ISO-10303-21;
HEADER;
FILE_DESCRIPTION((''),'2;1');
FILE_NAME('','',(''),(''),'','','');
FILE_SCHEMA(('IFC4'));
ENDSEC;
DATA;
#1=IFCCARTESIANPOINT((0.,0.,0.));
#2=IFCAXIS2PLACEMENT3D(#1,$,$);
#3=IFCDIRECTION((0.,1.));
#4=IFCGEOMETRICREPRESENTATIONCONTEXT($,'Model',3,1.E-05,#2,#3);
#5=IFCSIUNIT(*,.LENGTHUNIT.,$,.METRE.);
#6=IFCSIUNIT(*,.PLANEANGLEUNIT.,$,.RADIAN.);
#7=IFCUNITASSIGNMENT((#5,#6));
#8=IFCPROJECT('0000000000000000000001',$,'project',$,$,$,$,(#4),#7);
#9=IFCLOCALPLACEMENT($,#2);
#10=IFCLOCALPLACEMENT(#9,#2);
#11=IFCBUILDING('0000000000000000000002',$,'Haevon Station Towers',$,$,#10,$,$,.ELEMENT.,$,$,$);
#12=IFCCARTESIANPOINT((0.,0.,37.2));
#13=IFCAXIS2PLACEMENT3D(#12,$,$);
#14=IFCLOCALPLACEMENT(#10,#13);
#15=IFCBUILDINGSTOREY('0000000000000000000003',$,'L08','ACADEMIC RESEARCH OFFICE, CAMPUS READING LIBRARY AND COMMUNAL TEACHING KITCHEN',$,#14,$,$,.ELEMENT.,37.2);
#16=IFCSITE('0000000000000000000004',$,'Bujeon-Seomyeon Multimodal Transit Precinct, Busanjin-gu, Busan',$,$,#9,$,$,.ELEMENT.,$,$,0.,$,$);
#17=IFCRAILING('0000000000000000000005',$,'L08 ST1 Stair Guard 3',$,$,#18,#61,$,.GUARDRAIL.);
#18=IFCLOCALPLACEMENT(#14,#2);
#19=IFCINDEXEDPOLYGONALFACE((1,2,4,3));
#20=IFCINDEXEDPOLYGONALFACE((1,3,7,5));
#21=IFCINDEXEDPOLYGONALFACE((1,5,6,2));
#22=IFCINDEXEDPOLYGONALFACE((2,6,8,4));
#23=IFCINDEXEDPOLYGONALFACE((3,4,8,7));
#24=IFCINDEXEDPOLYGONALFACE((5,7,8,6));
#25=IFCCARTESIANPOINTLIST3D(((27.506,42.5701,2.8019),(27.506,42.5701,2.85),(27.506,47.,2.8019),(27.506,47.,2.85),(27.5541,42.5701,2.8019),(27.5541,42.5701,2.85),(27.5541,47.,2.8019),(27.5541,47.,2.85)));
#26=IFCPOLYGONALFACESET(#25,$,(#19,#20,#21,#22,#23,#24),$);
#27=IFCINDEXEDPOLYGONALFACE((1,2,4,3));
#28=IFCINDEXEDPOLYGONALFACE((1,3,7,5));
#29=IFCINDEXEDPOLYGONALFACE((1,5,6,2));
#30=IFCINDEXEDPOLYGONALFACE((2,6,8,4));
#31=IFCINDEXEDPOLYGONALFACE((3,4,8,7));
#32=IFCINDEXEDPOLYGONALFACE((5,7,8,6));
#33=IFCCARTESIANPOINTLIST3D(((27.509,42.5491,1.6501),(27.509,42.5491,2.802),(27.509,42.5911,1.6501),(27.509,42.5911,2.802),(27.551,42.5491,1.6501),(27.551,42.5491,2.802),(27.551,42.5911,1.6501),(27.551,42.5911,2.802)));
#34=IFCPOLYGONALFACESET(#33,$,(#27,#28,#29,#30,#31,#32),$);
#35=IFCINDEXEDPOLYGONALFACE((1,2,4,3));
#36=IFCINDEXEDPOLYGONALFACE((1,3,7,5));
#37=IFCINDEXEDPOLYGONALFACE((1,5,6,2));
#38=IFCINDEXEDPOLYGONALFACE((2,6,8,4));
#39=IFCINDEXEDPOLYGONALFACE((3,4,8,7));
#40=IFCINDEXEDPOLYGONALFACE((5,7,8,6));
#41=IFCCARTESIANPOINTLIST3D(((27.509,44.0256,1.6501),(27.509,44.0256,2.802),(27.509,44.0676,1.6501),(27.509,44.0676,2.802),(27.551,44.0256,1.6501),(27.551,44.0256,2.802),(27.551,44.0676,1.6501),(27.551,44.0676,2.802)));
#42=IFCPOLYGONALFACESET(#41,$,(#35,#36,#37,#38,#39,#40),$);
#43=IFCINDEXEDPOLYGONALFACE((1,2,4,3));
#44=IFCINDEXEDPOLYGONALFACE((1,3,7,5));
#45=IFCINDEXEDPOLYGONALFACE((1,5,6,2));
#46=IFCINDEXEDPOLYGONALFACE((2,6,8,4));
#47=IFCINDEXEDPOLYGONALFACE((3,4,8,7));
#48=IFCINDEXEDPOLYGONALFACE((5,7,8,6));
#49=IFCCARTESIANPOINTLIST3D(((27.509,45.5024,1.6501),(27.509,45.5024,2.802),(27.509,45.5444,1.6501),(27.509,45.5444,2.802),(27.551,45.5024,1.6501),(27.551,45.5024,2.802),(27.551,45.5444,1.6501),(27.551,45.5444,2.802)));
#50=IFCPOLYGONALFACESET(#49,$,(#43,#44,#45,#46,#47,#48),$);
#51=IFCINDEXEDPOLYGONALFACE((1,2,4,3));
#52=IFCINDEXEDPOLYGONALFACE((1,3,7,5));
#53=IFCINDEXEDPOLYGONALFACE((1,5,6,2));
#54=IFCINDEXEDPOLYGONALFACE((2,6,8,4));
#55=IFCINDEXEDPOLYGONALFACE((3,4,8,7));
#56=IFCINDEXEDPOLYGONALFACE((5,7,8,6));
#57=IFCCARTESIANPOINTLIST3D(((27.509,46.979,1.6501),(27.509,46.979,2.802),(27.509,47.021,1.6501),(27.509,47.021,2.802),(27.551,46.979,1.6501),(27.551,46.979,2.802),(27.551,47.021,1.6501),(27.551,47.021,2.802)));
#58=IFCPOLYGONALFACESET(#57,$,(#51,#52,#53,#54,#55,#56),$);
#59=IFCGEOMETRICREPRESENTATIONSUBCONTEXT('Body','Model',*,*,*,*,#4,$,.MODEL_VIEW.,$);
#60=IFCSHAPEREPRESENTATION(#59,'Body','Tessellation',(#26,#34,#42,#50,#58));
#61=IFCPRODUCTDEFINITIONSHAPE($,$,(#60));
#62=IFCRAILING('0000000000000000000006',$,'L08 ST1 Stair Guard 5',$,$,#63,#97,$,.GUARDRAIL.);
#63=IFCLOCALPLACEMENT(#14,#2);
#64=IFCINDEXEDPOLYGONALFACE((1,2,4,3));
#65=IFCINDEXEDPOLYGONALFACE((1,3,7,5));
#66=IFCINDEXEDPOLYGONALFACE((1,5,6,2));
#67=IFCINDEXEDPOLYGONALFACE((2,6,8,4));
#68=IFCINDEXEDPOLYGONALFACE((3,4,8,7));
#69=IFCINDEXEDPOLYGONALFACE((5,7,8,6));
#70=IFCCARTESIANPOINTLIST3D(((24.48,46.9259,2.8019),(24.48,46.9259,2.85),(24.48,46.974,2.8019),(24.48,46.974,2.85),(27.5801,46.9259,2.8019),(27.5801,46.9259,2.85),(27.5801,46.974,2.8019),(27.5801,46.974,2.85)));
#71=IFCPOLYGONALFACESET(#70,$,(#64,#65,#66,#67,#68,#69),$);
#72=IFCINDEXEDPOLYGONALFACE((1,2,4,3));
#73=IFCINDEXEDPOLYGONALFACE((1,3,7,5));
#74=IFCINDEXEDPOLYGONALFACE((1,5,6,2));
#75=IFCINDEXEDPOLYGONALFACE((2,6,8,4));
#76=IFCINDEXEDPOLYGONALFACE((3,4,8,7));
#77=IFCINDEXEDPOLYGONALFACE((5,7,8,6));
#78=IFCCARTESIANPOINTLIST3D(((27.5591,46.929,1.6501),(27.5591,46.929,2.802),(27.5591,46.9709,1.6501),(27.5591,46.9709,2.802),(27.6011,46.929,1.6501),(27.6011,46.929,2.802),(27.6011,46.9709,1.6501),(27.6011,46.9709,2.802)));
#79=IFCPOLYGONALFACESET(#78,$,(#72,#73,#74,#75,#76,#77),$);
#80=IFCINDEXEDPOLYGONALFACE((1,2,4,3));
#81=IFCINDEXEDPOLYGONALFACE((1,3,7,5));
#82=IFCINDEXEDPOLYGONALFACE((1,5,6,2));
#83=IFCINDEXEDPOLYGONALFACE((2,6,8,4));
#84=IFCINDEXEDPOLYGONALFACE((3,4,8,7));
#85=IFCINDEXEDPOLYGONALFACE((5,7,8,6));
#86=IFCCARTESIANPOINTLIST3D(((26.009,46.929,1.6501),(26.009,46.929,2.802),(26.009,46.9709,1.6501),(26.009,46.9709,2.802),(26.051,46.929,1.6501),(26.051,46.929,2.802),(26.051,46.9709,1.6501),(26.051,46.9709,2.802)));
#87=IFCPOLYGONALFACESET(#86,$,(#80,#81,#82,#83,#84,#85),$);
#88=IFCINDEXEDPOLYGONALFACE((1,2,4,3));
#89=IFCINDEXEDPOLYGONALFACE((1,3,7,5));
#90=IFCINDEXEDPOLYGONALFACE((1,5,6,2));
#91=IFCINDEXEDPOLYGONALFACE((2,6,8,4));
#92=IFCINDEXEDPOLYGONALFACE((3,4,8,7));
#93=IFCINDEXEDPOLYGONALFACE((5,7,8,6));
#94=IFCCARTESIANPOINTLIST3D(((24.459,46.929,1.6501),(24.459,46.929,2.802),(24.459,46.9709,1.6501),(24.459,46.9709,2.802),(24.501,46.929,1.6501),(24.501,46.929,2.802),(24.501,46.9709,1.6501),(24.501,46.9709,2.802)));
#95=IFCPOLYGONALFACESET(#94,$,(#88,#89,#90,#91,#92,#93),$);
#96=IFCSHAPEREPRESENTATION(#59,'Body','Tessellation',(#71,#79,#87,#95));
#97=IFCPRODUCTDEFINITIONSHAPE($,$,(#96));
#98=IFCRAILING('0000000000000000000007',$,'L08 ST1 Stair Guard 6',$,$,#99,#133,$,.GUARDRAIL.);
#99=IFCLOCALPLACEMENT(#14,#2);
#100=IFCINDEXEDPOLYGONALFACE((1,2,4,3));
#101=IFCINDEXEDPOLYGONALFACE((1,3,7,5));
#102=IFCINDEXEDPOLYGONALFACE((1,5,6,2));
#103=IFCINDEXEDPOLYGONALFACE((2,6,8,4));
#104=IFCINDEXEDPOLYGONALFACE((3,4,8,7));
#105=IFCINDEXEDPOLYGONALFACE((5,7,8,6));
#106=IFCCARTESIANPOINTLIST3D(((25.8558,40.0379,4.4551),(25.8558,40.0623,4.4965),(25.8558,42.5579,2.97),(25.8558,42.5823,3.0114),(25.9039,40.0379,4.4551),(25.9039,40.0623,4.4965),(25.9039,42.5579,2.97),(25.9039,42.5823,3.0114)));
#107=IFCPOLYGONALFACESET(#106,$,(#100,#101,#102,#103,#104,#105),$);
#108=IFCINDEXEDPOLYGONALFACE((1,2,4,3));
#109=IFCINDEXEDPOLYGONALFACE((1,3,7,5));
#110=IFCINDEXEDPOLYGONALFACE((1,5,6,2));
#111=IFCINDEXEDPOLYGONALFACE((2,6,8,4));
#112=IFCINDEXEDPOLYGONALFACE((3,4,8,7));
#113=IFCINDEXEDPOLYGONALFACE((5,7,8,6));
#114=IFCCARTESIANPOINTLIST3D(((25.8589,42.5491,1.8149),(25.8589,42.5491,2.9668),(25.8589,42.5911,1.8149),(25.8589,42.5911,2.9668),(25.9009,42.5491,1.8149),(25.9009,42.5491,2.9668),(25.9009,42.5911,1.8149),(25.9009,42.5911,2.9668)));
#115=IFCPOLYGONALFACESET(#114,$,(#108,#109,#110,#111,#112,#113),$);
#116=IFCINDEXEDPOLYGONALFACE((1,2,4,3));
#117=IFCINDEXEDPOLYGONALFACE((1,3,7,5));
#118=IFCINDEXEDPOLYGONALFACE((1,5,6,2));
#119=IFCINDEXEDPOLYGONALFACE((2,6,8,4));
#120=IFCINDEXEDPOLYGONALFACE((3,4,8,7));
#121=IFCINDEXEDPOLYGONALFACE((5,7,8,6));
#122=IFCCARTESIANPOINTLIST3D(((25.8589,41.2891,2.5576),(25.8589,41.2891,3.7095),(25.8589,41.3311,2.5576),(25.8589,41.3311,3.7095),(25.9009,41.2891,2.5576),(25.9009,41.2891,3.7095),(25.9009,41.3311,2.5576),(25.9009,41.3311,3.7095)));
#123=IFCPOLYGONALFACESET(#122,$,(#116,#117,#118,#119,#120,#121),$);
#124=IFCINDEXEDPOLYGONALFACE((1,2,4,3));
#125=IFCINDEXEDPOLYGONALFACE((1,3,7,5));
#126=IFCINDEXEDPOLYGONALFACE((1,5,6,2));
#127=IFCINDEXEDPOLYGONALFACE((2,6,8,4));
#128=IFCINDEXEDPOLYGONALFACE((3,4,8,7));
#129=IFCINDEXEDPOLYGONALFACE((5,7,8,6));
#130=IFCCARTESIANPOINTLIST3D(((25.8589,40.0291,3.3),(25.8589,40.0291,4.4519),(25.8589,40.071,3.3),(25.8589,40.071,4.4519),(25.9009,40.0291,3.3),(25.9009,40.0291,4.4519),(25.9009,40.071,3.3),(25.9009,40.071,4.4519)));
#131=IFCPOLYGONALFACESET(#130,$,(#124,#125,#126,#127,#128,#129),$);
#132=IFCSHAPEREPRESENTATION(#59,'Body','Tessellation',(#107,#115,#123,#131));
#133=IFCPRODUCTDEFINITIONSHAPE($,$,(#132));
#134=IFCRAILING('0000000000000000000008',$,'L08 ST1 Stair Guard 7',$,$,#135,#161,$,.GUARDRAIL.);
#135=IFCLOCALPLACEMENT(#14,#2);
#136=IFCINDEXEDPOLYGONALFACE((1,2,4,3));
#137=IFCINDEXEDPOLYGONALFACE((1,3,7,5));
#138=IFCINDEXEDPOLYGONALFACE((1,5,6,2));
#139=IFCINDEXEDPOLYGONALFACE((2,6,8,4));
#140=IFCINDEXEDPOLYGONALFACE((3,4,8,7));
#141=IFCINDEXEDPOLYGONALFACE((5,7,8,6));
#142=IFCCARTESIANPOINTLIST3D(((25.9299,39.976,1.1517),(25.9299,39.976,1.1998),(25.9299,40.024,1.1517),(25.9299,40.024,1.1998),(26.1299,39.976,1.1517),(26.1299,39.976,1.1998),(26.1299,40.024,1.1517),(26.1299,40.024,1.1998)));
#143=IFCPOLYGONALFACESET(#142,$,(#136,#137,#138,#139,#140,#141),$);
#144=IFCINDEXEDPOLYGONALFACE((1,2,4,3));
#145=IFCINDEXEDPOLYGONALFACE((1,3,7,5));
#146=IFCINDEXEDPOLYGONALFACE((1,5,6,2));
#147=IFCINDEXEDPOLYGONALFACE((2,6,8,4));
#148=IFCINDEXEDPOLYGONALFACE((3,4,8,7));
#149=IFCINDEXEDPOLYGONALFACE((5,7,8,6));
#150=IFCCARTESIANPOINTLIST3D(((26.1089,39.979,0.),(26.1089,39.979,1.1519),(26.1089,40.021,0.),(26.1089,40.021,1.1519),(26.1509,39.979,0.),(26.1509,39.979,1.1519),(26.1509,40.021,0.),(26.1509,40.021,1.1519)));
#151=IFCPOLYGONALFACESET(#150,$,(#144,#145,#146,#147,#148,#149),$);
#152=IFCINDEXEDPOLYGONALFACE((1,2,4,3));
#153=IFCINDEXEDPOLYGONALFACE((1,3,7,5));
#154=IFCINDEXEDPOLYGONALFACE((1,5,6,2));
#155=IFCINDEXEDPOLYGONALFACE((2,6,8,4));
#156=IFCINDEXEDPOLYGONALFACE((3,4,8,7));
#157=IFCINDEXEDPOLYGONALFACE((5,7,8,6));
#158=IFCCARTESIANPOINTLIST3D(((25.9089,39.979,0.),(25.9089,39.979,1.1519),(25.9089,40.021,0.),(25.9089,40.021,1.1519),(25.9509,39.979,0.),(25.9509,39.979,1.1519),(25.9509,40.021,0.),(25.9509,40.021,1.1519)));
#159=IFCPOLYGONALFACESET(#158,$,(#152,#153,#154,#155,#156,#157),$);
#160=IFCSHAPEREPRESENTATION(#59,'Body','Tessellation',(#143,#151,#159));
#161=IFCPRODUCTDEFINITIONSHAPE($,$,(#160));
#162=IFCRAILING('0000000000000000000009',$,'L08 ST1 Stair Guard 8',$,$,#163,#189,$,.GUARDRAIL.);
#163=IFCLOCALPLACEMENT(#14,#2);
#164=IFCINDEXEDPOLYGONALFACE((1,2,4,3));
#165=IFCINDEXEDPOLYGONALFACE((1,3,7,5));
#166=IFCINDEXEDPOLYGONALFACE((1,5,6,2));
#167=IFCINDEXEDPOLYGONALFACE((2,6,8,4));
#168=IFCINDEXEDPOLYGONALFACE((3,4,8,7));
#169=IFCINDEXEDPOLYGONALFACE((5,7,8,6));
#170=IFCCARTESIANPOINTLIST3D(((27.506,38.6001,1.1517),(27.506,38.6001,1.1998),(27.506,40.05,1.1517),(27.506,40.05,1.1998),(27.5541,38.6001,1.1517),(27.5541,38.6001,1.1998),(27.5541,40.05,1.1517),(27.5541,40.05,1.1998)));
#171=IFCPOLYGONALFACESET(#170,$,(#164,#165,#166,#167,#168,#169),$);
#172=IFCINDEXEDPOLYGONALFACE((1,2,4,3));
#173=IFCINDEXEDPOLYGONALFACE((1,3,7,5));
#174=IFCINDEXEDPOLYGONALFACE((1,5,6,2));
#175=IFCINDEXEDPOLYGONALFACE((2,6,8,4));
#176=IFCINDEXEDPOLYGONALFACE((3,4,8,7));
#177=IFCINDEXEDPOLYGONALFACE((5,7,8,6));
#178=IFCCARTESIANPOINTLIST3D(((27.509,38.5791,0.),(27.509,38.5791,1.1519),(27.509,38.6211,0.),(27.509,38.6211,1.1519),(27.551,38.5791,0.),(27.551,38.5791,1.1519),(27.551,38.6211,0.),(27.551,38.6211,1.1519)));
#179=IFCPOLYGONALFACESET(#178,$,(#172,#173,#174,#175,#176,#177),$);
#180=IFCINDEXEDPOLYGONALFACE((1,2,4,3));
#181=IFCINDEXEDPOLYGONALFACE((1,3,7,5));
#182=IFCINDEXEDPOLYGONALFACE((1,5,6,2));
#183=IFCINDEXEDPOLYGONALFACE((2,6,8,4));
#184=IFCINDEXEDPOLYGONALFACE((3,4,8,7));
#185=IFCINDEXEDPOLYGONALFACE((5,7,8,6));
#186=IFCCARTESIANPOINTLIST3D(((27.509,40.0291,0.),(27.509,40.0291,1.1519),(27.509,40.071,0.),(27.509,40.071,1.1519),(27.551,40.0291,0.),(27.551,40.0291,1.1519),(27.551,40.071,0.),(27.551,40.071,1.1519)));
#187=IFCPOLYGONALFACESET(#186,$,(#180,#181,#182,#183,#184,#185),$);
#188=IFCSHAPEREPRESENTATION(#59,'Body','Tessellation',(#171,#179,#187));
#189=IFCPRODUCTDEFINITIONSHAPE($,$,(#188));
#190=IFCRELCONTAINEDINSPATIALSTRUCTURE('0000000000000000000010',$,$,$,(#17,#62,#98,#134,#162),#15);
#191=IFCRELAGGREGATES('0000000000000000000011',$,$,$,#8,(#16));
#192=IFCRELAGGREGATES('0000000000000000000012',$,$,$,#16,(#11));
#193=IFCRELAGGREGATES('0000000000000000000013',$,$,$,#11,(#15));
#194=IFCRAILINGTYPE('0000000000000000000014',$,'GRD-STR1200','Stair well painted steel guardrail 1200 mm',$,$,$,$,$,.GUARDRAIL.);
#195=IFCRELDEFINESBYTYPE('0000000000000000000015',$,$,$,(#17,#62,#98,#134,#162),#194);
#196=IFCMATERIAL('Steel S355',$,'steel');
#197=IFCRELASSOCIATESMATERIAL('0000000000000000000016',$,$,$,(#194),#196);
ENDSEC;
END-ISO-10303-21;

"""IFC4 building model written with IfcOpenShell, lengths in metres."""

from ifc_helpers import new_model, si_unit, direction, frame, origin, origin_2d, place, context, subcontext, project, spatial, rectangle, extrude, material, type_object, element, save


model = new_model("IFC4")

# Units and contexts
model_context = context("Model", 3, precision=1e-05, world=origin(), true_north=direction((0.0, 1.0)))
body_context = subcontext(model_context, "Body", "Model", "MODEL_VIEW")
ifc_project = project(units=[si_unit("LENGTHUNIT", "METRE"), si_unit("PLANEANGLEUNIT", "RADIAN")], contexts=[model_context])

# Site, building, storey
site_placement = place(None, origin())
site = spatial("IfcSite", under=ifc_project, at=site_placement, Name="Bujeon-Seomyeon Multimodal Transit Precinct, Busanjin-gu, Busan", CompositionType="ELEMENT", RefElevation=0.0)
building_placement = place(site_placement, origin())
building = spatial("IfcBuilding", under=site, at=building_placement, Name="Haevon Station Towers", CompositionType="ELEMENT")
storey_placement = place(building_placement, frame((0.0, 0.0, 37.2)))
storey = spatial("IfcBuildingStorey", under=building, at=storey_placement, Name="L08", Description="ACADEMIC RESEARCH OFFICE, CAMPUS READING LIBRARY AND COMMUNAL TEACHING KITCHEN", CompositionType="ELEMENT", Elevation=37.2)

# Shared definitions
ifc_material_1 = material(Name="Steel S355", Category="steel")

# Railings
railing_type_1 = type_object("IfcRailingType", Name="GRD-STR1200", Description="Stair well painted steel guardrail 1200 mm", PredefinedType="GUARDRAIL", material=ifc_material_1)
railing_1_placement = place(storey_placement, frame((27.53, 42.5701, 1.6501)))
element("IfcRailing", 1, at=railing_1_placement, inside=storey, type_object=railing_type_1, Name="L08 ST1 Stair Guard 3", PredefinedType="GUARDRAIL", context=body_context, shape_type="SweptSolid", body=[
    extrude(rectangle(XDim=0.0481, YDim=0.0481, at=origin_2d()), frame((0.0, 0.0, 1.1758), z_axis=(0.0, 1.0, 0.0), x_axis=(-1.0, 0.0, 0.0)), (0.0, 0.0, 1.0), 4.4299),
    extrude(rectangle(XDim=0.042, YDim=0.042, at=origin_2d()), origin(), (0.0, 0.0, 1.0), 1.1519),
    extrude(rectangle(XDim=0.042, YDim=0.042, at=origin_2d()), frame((0.0, 1.4766, 0.0)), (0.0, 0.0, 1.0), 1.1519),
    extrude(rectangle(XDim=0.042, YDim=0.042, at=origin_2d()), frame((0.0, 2.9534, 0.0)), (0.0, 0.0, 1.0), 1.1519),
    extrude(rectangle(XDim=0.042, YDim=0.042, at=origin_2d()), frame((0.0, 4.4299, 0.0)), (0.0, 0.0, 1.0), 1.1519),
])
railing_2_placement = place(storey_placement, frame((27.5801, 46.95, 1.6501)))
element("IfcRailing", 2, at=railing_2_placement, inside=storey, type_object=railing_type_1, Name="L08 ST1 Stair Guard 5", PredefinedType="GUARDRAIL", context=body_context, shape_type="SweptSolid", body=[
    extrude(rectangle(XDim=0.0481, YDim=0.0481, at=origin_2d()), frame((0.0, 0.0, 1.1758), z_axis=(-1.0, 0.0, 0.0), x_axis=(0.0, -1.0, 0.0)), (0.0, 0.0, 1.0), 3.1001),
    extrude(rectangle(XDim=0.042, YDim=0.042, at=origin_2d()), origin(), (0.0, 0.0, 1.0), 1.1519),
    extrude(rectangle(XDim=0.042, YDim=0.042, at=origin_2d()), frame((-1.55, 0.0, 0.0)), (0.0, 0.0, 1.0), 1.1519),
    extrude(rectangle(XDim=0.042, YDim=0.042, at=origin_2d()), frame((-3.1001, 0.0, 0.0)), (0.0, 0.0, 1.0), 1.1519),
])
railing_3_placement = place(storey_placement, frame((25.8799, 42.5701, 1.8149)))
element("IfcRailing", 3, at=railing_3_placement, inside=storey, type_object=railing_type_1, Name="L08 ST1 Stair Guard 6", PredefinedType="GUARDRAIL", context=body_context, shape_type="SweptSolid", body=[
    extrude(rectangle(XDim=0.0481, YDim=0.0481, at=origin_2d()), frame((0.0, 0.0, 1.1758), z_axis=(0.0, -0.861524, 0.507717), x_axis=(1.0, 0.0, 0.0)), (0.0, 0.0, 1.0), 2.925),
    extrude(rectangle(XDim=0.042, YDim=0.042, at=origin_2d()), origin(), (0.0, 0.0, 1.0), 1.1519),
    extrude(rectangle(XDim=0.042, YDim=0.042, at=origin_2d()), frame((0.0, -1.26, 0.7427)), (0.0, 0.0, 1.0), 1.1519),
    extrude(rectangle(XDim=0.042, YDim=0.042, at=origin_2d()), frame((0.0, -2.52, 1.4851)), (0.0, 0.0, 1.0), 1.1519),
])
railing_4_placement = place(storey_placement, frame((26.1299, 40.0, 0.0)))
element("IfcRailing", 4, at=railing_4_placement, inside=storey, type_object=railing_type_1, Name="L08 ST1 Stair Guard 7", PredefinedType="GUARDRAIL", context=body_context, shape_type="SweptSolid", body=[
    extrude(rectangle(XDim=0.0481, YDim=0.0481, at=origin_2d()), frame((0.0, 0.0, 1.1758), z_axis=(-1.0, 0.0, 0.0), x_axis=(0.0, -1.0, 0.0)), (0.0, 0.0, 1.0), 0.2),
    extrude(rectangle(XDim=0.042, YDim=0.042, at=origin_2d()), origin(), (0.0, 0.0, 1.0), 1.1519),
    extrude(rectangle(XDim=0.042, YDim=0.042, at=origin_2d()), frame((-0.2, 0.0, 0.0)), (0.0, 0.0, 1.0), 1.1519),
])
railing_5_placement = place(storey_placement, frame((27.53, 38.6001, 0.0)))
element("IfcRailing", 5, at=railing_5_placement, inside=storey, type_object=railing_type_1, Name="L08 ST1 Stair Guard 8", PredefinedType="GUARDRAIL", context=body_context, shape_type="SweptSolid", body=[
    extrude(rectangle(XDim=0.0481, YDim=0.0481, at=origin_2d()), frame((0.0, 0.0, 1.1758), z_axis=(0.0, 1.0, 0.0), x_axis=(-1.0, 0.0, 0.0)), (0.0, 0.0, 1.0), 1.45),
    extrude(rectangle(XDim=0.042, YDim=0.042, at=origin_2d()), origin(), (0.0, 0.0, 1.0), 1.1519),
    extrude(rectangle(XDim=0.042, YDim=0.042, at=origin_2d()), frame((0.0, 1.45, 0.0)), (0.0, 0.0, 1.0), 1.1519),
])

save(model, "model.ifc")
